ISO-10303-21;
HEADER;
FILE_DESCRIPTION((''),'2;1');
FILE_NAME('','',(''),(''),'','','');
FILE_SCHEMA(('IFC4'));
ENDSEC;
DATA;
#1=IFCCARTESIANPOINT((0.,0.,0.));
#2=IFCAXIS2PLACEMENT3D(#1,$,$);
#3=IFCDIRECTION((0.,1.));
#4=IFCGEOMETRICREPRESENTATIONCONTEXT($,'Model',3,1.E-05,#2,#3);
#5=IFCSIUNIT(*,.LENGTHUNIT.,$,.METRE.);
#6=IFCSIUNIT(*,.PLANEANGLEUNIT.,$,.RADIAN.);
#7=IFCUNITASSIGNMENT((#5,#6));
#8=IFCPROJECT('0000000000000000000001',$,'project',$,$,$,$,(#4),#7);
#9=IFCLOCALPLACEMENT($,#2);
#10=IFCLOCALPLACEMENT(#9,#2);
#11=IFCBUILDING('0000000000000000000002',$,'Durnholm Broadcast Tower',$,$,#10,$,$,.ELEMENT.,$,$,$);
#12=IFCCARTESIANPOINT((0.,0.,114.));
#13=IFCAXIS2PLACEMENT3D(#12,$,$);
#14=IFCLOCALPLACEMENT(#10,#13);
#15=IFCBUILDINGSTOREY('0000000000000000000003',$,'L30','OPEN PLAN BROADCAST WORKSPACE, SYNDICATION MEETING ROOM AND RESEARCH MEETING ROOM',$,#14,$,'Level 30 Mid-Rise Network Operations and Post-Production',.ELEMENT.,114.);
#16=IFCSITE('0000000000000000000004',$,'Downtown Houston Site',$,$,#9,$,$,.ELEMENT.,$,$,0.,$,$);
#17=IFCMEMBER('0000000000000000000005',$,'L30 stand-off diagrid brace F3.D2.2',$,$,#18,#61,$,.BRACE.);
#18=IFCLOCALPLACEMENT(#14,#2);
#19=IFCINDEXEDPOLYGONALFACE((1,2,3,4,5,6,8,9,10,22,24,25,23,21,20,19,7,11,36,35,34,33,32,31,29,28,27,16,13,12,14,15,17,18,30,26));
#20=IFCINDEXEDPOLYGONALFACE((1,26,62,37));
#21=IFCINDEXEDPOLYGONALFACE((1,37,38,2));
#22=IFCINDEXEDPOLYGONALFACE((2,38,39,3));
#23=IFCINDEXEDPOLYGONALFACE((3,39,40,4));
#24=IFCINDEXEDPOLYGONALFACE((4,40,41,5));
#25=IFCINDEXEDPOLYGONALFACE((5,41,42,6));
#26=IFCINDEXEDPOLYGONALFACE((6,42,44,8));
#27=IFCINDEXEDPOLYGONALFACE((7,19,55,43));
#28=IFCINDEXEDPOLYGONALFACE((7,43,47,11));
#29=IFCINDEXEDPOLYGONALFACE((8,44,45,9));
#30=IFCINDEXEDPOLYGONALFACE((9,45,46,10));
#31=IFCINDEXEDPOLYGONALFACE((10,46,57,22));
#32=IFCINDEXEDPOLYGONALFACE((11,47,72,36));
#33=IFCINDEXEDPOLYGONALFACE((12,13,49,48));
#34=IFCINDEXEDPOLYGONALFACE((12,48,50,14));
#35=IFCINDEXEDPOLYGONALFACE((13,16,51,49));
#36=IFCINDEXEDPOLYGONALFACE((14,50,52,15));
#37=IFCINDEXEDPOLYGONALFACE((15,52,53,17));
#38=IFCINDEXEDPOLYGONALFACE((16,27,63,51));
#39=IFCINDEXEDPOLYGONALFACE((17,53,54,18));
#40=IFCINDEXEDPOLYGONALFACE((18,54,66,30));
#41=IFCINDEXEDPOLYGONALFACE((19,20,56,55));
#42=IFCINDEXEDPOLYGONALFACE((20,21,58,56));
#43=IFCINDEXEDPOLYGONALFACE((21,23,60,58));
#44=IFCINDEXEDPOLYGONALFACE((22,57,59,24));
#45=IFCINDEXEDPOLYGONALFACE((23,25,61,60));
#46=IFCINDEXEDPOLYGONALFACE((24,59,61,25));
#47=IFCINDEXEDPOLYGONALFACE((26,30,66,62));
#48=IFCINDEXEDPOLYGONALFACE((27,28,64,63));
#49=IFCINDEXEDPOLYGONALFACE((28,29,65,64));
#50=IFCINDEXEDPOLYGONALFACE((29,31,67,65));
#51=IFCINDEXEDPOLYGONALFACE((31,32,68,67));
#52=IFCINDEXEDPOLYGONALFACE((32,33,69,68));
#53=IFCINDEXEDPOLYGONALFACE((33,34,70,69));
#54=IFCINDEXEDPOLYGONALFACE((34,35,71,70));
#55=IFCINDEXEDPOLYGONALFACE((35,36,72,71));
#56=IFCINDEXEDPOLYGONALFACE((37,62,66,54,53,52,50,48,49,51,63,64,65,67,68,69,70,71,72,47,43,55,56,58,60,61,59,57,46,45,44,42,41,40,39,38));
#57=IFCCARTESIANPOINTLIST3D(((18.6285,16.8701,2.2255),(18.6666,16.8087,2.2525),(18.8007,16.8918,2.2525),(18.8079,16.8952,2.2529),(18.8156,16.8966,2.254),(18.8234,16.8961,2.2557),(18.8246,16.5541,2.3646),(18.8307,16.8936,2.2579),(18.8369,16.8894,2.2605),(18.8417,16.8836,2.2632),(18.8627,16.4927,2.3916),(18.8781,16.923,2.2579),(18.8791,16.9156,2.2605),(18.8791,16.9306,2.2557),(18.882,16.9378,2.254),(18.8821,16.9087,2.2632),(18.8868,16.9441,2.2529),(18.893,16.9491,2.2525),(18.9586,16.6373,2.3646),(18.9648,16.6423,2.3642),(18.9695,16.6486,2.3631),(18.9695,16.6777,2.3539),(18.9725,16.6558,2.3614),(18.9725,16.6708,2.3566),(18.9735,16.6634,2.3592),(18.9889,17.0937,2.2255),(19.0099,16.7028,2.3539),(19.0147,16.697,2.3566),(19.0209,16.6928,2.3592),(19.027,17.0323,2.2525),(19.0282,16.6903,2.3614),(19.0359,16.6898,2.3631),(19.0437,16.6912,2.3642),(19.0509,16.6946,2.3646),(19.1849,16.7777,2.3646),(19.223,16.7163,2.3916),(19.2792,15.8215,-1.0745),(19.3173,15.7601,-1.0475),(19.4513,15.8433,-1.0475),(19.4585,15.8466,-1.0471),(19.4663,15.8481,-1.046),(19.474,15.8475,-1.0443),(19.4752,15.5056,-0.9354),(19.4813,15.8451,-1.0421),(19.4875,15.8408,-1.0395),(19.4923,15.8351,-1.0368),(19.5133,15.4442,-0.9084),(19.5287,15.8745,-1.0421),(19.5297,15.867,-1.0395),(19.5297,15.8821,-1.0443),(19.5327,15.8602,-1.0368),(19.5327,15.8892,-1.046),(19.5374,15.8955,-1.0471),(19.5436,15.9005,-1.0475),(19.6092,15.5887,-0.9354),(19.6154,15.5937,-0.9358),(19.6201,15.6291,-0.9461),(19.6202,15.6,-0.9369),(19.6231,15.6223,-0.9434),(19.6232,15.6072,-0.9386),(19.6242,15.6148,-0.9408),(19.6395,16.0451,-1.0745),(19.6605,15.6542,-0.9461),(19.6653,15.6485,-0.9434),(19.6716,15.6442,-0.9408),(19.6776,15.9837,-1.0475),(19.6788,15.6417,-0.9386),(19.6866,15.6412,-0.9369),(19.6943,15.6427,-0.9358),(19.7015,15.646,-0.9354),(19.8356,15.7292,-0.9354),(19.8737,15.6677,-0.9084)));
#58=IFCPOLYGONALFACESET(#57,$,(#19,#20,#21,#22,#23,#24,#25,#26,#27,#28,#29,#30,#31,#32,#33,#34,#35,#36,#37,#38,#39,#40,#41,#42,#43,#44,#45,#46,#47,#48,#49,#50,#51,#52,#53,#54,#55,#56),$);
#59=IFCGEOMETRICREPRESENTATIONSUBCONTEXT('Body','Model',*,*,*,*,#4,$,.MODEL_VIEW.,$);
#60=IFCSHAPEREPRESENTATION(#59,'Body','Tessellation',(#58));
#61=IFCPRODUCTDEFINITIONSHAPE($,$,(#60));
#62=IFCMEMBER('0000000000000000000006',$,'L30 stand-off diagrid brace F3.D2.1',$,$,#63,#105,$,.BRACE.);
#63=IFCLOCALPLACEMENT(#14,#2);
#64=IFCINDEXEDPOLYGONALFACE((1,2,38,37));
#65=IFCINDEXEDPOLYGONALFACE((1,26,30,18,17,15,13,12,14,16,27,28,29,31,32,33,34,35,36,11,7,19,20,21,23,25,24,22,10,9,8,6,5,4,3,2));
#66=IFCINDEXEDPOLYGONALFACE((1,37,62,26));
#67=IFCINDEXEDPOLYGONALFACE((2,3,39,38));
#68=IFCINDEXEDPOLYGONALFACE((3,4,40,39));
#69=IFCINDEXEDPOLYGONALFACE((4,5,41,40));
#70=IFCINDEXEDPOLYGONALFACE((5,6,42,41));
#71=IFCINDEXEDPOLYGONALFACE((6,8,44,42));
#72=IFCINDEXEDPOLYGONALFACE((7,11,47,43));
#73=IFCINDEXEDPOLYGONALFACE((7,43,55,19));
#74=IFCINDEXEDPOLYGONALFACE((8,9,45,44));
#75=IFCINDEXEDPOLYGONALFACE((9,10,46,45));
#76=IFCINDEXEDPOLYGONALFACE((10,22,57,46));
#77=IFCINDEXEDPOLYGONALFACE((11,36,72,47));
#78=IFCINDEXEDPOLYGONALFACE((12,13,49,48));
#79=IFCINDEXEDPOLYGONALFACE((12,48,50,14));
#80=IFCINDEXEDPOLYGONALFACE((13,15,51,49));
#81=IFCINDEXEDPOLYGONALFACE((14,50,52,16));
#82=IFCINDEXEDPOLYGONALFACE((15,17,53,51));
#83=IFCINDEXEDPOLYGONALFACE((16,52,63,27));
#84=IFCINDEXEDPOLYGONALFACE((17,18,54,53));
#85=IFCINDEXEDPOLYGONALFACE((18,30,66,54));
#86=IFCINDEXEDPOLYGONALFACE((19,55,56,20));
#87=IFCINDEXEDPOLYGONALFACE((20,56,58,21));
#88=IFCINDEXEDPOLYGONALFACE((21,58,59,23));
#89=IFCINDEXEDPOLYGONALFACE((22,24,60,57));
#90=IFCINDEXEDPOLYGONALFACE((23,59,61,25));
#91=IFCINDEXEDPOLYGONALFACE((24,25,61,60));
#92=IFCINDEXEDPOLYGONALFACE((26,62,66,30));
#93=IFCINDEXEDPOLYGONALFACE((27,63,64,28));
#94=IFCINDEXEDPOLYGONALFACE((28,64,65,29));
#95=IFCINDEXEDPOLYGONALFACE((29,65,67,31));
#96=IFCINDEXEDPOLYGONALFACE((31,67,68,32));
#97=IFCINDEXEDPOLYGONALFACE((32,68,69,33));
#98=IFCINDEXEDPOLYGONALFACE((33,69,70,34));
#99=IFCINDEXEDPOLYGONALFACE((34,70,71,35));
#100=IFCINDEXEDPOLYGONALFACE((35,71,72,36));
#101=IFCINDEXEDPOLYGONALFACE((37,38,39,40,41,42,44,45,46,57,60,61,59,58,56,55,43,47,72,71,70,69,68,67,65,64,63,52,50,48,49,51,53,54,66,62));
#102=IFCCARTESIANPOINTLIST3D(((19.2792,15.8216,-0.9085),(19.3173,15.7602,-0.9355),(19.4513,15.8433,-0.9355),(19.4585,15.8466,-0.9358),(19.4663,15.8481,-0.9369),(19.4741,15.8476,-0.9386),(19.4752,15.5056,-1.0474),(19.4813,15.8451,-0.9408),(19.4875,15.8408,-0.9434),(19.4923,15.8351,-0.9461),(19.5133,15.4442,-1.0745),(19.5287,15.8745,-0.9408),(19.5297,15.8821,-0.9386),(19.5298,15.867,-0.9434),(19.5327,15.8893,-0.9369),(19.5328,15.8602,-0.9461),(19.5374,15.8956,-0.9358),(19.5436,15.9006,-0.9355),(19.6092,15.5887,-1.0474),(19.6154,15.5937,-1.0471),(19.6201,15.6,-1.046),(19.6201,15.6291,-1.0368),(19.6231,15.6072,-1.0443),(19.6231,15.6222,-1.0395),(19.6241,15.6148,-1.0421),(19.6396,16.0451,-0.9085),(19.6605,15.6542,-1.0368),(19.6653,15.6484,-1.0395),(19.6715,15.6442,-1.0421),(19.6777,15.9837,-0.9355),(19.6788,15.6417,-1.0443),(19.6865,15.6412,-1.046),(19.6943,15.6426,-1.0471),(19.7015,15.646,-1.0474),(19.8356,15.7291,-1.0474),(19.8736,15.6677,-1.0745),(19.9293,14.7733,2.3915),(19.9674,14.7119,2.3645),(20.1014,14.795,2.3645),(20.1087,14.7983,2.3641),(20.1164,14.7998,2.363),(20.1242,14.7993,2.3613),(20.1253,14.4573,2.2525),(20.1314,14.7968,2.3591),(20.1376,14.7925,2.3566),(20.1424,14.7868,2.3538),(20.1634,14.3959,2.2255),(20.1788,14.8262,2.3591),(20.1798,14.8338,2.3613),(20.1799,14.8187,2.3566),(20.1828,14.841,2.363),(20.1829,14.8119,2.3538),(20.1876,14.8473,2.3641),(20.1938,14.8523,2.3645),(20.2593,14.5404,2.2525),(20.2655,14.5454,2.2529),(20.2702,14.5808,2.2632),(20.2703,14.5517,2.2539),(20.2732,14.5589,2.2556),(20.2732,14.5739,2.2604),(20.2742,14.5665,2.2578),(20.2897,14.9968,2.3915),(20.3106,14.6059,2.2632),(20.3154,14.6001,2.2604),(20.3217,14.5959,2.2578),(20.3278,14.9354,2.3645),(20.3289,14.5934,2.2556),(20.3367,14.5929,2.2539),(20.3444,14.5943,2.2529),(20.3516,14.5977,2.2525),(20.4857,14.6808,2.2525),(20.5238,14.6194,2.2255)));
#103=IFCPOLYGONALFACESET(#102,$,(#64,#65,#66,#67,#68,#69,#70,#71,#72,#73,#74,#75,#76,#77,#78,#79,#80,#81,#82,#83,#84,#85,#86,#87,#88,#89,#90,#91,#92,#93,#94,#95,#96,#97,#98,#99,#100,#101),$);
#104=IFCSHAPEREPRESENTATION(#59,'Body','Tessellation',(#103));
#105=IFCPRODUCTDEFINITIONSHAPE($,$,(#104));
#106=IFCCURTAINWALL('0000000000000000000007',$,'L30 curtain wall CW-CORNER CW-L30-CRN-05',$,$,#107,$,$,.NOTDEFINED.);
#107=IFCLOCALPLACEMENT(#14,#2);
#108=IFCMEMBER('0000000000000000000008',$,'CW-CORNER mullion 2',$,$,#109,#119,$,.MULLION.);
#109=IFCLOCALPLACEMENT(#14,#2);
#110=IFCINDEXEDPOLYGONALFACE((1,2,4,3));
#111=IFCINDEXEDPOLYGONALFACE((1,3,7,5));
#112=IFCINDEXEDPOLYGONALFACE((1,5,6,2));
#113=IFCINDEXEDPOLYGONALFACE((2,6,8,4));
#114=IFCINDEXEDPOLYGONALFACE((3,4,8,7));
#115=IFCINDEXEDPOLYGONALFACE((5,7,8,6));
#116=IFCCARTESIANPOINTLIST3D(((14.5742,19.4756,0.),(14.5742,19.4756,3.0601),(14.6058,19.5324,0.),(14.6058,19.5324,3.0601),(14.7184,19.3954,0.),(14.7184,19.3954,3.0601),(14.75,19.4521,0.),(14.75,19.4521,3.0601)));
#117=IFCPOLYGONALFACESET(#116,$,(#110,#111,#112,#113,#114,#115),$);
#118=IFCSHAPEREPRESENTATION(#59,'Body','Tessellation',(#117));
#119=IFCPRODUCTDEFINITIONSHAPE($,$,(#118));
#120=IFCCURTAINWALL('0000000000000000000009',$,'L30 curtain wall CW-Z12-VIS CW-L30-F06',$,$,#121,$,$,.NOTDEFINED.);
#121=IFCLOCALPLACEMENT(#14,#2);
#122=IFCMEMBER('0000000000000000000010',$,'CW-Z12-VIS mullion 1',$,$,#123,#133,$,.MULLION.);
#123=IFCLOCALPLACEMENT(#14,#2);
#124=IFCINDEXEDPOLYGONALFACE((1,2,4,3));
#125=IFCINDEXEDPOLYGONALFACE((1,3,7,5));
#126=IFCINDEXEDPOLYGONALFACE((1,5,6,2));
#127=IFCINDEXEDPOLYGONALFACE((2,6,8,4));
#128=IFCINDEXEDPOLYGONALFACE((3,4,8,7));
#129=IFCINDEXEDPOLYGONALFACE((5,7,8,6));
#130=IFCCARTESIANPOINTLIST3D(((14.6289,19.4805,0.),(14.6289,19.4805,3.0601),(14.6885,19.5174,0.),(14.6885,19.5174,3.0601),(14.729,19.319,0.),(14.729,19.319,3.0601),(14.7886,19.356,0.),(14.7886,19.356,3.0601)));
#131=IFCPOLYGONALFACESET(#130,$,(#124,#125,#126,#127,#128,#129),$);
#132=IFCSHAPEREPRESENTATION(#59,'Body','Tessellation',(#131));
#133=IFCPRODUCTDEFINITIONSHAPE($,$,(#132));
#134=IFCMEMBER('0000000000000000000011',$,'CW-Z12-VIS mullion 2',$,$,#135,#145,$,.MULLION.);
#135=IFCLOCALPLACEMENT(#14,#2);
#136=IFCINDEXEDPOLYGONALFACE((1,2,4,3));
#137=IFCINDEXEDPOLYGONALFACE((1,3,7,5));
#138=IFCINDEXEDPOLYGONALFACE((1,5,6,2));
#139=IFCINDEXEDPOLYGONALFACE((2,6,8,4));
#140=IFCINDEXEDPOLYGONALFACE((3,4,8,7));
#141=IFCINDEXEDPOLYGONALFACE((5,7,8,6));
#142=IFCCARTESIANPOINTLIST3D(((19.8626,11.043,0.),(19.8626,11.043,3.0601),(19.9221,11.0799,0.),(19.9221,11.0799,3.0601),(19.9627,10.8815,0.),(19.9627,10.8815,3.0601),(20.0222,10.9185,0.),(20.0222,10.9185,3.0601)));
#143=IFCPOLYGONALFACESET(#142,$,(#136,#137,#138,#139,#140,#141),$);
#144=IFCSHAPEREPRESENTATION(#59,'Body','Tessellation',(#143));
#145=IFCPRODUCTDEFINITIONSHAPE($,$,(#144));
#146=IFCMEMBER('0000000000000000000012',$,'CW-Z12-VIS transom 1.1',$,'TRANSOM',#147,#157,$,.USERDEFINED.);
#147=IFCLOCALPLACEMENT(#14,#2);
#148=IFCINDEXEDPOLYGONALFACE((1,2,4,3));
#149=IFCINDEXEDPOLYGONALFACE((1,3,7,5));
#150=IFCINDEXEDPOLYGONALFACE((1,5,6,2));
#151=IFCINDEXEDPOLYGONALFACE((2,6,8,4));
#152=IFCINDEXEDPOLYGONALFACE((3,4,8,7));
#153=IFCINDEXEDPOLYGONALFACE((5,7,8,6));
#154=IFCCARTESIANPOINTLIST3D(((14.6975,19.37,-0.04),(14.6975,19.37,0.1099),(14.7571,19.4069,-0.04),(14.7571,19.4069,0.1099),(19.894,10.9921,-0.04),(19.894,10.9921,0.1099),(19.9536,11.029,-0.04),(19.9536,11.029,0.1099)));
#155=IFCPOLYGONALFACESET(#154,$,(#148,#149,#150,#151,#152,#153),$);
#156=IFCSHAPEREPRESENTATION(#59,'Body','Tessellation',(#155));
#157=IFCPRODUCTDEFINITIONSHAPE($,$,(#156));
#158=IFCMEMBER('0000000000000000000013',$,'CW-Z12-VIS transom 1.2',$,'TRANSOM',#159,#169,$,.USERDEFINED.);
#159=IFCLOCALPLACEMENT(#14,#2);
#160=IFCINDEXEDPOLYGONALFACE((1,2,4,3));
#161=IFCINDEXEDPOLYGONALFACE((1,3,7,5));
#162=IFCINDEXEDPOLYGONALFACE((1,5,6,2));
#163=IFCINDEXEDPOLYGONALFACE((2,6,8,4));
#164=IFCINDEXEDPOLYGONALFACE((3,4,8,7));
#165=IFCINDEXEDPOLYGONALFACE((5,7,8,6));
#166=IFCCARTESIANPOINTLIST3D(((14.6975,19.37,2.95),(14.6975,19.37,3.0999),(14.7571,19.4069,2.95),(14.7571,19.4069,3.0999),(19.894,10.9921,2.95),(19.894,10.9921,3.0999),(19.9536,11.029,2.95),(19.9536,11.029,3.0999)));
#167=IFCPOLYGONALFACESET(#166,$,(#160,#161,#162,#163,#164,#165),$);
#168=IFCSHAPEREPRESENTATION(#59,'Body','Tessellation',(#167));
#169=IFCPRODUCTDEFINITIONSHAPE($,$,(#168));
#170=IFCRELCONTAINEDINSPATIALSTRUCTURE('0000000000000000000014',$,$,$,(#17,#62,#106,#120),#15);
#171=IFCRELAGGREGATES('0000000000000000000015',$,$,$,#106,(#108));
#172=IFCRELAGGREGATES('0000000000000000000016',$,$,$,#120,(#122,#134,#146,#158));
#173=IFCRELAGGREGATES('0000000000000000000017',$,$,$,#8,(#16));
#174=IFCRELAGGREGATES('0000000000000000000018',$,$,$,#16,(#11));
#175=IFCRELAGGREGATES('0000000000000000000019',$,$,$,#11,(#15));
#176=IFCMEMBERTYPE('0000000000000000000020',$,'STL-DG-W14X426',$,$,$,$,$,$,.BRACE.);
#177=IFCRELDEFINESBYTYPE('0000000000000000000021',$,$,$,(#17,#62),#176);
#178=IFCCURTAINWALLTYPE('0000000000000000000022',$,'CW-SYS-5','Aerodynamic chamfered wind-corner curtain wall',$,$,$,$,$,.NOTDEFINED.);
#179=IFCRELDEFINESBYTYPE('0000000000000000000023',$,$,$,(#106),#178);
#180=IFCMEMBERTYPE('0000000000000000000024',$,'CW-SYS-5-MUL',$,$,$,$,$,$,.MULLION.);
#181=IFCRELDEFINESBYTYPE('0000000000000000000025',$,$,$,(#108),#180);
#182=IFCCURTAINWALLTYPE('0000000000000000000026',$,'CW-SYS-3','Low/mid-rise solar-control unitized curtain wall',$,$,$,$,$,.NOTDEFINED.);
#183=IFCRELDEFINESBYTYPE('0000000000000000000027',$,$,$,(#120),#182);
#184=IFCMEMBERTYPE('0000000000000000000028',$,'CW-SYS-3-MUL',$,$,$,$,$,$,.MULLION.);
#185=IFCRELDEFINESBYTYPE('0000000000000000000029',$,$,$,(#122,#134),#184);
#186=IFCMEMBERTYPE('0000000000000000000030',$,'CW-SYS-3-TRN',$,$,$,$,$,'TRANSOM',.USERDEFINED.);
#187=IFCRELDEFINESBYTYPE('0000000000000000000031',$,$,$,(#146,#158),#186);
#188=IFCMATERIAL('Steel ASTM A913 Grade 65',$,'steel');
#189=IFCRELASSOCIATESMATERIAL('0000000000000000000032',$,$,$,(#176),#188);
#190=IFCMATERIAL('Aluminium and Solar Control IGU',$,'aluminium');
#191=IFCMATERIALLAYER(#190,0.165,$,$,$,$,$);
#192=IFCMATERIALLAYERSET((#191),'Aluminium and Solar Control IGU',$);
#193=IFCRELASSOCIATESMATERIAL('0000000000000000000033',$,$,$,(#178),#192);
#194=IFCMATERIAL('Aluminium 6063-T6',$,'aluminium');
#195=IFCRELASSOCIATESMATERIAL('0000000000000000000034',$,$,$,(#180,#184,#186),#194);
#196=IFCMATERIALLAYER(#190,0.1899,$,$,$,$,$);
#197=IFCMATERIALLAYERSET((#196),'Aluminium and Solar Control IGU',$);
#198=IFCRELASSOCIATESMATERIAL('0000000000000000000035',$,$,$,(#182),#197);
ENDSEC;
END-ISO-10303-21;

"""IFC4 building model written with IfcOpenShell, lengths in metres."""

from ifc_helpers import new_model, si_unit, direction, frame, origin, origin_2d, place, context, subcontext, project, spatial, rectangle, i_section, extrude, source, transform, mapped, material, layer, layer_set, material_profile, profile_set, type_object, type_shapes, element, aggregate, save


model = new_model("IFC4")

# Units and contexts
model_context = context("Model", 3, precision=1e-05, world=origin(), true_north=direction((0.0, 1.0)))
body_context = subcontext(model_context, "Body", "Model", "MODEL_VIEW")
ifc_project = project(units=[si_unit("LENGTHUNIT", "METRE"), si_unit("PLANEANGLEUNIT", "RADIAN")], contexts=[model_context])

# Site, building, storey
site_placement = place(None, origin())
site = spatial("IfcSite", under=ifc_project, at=site_placement, Name="Downtown Houston Site", CompositionType="ELEMENT", RefElevation=0.0)
building_placement = place(site_placement, origin())
building = spatial("IfcBuilding", under=site, at=building_placement, Name="Durnholm Broadcast Tower", CompositionType="ELEMENT")
storey_placement = place(building_placement, frame((0.0, 0.0, 114.0)))
storey = spatial("IfcBuildingStorey", under=building, at=storey_placement, Name="L30", Description="OPEN PLAN BROADCAST WORKSPACE, SYNDICATION MEETING ROOM AND RESEARCH MEETING ROOM", LongName="Level 30 Mid-Rise Network Operations and Post-Production", CompositionType="ELEMENT", Elevation=114.0)

# Members
ifc_material_1 = material(Name="Steel ASTM A913 Grade 65", Category="steel")
ifc_material_profile_1 = material_profile(ifc_material_1, i_section(OverallWidth=0.4241, OverallDepth=0.4741, WebThickness=0.0476, FlangeThickness=0.0771, FilletRadius=0.0305, at=origin_2d()), Name="W14X426")
ifc_profile_set_1 = profile_set([ifc_material_profile_1], Name="Steel ASTM A913 Grade 65")
member_type_1 = type_object("IfcMemberType", Name="STL-DG-W14X426", PredefinedType="BRACE", material=ifc_profile_set_1)
shared_shape_1 = source(origin(), body_context, "Body", "SweptSolid", [
    extrude(i_section(OverallWidth=0.4241, OverallDepth=0.4741, WebThickness=0.0476, FlangeThickness=0.0771, FilletRadius=0.0305, at=origin_2d()), origin(), (0.0, 0.0, 1.0), 3.5232),
])
for number, where, z_axis, x_axis, name in (
    (1, (19.5764, 15.7446, -0.9915), (-0.18467, 0.29762, 0.936653), (-0.849717, -0.52724, 0.0), "L30 stand-off diagrid brace F3.D2.2"),
):
    element("IfcMember", number, at=place(storey_placement, frame(where, z_axis=z_axis, x_axis=x_axis)), inside=storey, type_object=member_type_1, Name=name, PredefinedType="BRACE", context=body_context, shape_type="MappedRepresentation", body=[
        mapped(shared_shape_1, transform((0.0, 0.0, 0.0), x_axis=(1.0, 0.0, 0.0), y_axis=(0.0, 1.0, 0.0), z_axis=(0.0, 0.0, 1.0), scale=1.0)),
    ])
shared_shape_2 = source(origin(), body_context, "Body", "SweptSolid", [
    extrude(i_section(OverallWidth=0.4241, OverallDepth=0.4741, WebThickness=0.0476, FlangeThickness=0.0771, FilletRadius=0.0305, at=origin_2d()), origin(), (0.0, 0.0, 1.0), 3.5229),
])
type_shapes(member_type_1, [shared_shape_1, shared_shape_2])
member_1_placement = place(storey_placement, frame((19.5764, 15.7446, -0.9915), z_axis=(0.18454, -0.297564, 0.936697), x_axis=(0.849839, 0.527043, 0.0)))
element("IfcMember", 2, at=member_1_placement, inside=storey, type_object=member_type_1, Name="L30 stand-off diagrid brace F3.D2.1", PredefinedType="BRACE", context=body_context, shape_type="MappedRepresentation", body=[
    mapped(shared_shape_2, transform((0.0, 0.0, 0.0), x_axis=(1.0, 0.0, 0.0), y_axis=(0.0, 1.0, 0.0), z_axis=(0.0, 0.0, 1.0), scale=1.0)),
])

# Curtain wall, member
ifc_material_2 = material(Name="Aluminium and Solar Control IGU", Category="aluminium")
ifc_layer_1 = layer(ifc_material_2, 0.165)
ifc_layer_set_1 = layer_set([ifc_layer_1], Name="Aluminium and Solar Control IGU")
curtain_wall_type_1 = type_object("IfcCurtainWallType", Name="CW-SYS-5", Description="Aerodynamic chamfered wind-corner curtain wall", PredefinedType="NOTDEFINED", material=ifc_layer_set_1)
curtain_wall_1_placement = place(storey_placement, origin())
curtain_wall_1 = element("IfcCurtainWall", 3, at=curtain_wall_1_placement, inside=storey, type_object=curtain_wall_type_1, Name="L30 curtain wall CW-CORNER CW-L30-CRN-05", PredefinedType="NOTDEFINED")
ifc_material_3 = material(Name="Aluminium 6063-T6", Category="aluminium")
ifc_material_profile_2 = material_profile(ifc_material_3, rectangle(XDim=0.0649, YDim=0.165, at=origin_2d()), Name="CWM65X165")
ifc_profile_set_2 = profile_set([ifc_material_profile_2], Name="Aluminium 6063-T6")
member_type_2 = type_object("IfcMemberType", Name="CW-SYS-5-MUL", PredefinedType="MULLION", material=ifc_profile_set_2)
shared_shape_3 = source(origin(), body_context, "Body", "SweptSolid", [
    extrude(rectangle(XDim=0.0649, YDim=0.165, at=origin_2d()), origin(), (0.0, 0.0, 1.0), 3.0601),
])
type_shapes(member_type_2, [shared_shape_3])
member_2_placement = place(storey_placement, frame((14.6621, 19.4639, 0.0), z_axis=(0.0, 0.0, 1.0), x_axis=(0.486244, 0.873823, 0.0)))
member_2 = element("IfcMember", 4, at=member_2_placement, type_object=member_type_2, Name="CW-CORNER mullion 2", PredefinedType="MULLION", context=body_context, shape_type="MappedRepresentation", body=[
    mapped(shared_shape_3, transform((0.0, 0.0, 0.0), x_axis=(1.0, 0.0, 0.0), y_axis=(0.0, 1.0, 0.0), z_axis=(0.0, 0.0, 1.0), scale=1.0)),
])

# Curtain wall, members
ifc_layer_2 = layer(ifc_material_2, 0.1899)
ifc_layer_set_2 = layer_set([ifc_layer_2], Name="Aluminium and Solar Control IGU")
curtain_wall_type_2 = type_object("IfcCurtainWallType", Name="CW-SYS-3", Description="Low/mid-rise solar-control unitized curtain wall", PredefinedType="NOTDEFINED", material=ifc_layer_set_2)
curtain_wall_2_placement = place(storey_placement, origin())
curtain_wall_2 = element("IfcCurtainWall", 5, at=curtain_wall_2_placement, inside=storey, type_object=curtain_wall_type_2, Name="L30 curtain wall CW-Z12-VIS CW-L30-F06", PredefinedType="NOTDEFINED")
ifc_material_profile_3 = material_profile(ifc_material_3, rectangle(XDim=0.0701, YDim=0.1899, at=origin_2d()), Name="CWM70X190")
ifc_profile_set_3 = profile_set([ifc_material_profile_3], Name="Aluminium 6063-T6")
member_type_3 = type_object("IfcMemberType", Name="CW-SYS-3-MUL", PredefinedType="MULLION", material=ifc_profile_set_3)
shared_shape_4 = source(origin(), body_context, "Body", "SweptSolid", [
    extrude(rectangle(XDim=0.0701, YDim=0.1899, at=origin_2d()), origin(), (0.0, 0.0, 1.0), 3.0601),
])
type_shapes(member_type_3, [shared_shape_4])
member_3_placement = place(storey_placement, frame((14.7087, 19.4182, 0.0), z_axis=(0.0, 0.0, 1.0), x_axis=(0.8498, 0.527105, 0.0)))
member_3 = element("IfcMember", 6, at=member_3_placement, type_object=member_type_3, Name="CW-Z12-VIS mullion 1", PredefinedType="MULLION", context=body_context, shape_type="MappedRepresentation", body=[
    mapped(shared_shape_4, transform((0.0, 0.0, 0.0), x_axis=(1.0, 0.0, 0.0), y_axis=(0.0, 1.0, 0.0), z_axis=(0.0, 0.0, 1.0), scale=1.0)),
])
member_4_placement = place(storey_placement, frame((19.9424, 10.9807, 0.0), z_axis=(0.0, 0.0, 1.0), x_axis=(0.8498, 0.527105, 0.0)))
member_4 = element("IfcMember", 7, at=member_4_placement, type_object=member_type_3, Name="CW-Z12-VIS mullion 2", PredefinedType="MULLION", context=body_context, shape_type="MappedRepresentation", body=[
    mapped(shared_shape_4, transform((0.0, 0.0, 0.0), x_axis=(1.0, 0.0, 0.0), y_axis=(0.0, 1.0, 0.0), z_axis=(0.0, 0.0, 1.0), scale=1.0)),
])
ifc_material_profile_4 = material_profile(ifc_material_3, rectangle(XDim=0.0701, YDim=0.1499, at=origin_2d()), Name="CWT70X150")
ifc_profile_set_4 = profile_set([ifc_material_profile_4], Name="Aluminium 6063-T6")
member_type_4 = type_object("IfcMemberType", Name="CW-SYS-3-TRN", ElementType="TRANSOM", PredefinedType="USERDEFINED", material=ifc_profile_set_4)
shared_shape_5 = source(origin(), body_context, "Body", "SweptSolid", [
    extrude(rectangle(XDim=0.0701, YDim=0.1499, at=origin_2d()), origin(), (0.0, 0.0, 1.0), 9.8586),
])
member_5_placement = place(storey_placement, frame((14.7273, 19.3884, 0.0349), z_axis=(0.527102, -0.849802, 0.0), x_axis=(0.849802, 0.527102, 0.0)))
member_5 = element("IfcMember", 8, at=member_5_placement, type_object=member_type_4, Name="CW-Z12-VIS transom 1.1", ObjectType="TRANSOM", PredefinedType="USERDEFINED", context=body_context, shape_type="MappedRepresentation", body=[
    mapped(shared_shape_5, transform((0.0, 0.0, 0.0), x_axis=(1.0, 0.0, 0.0), y_axis=(0.0, 1.0, 0.0), z_axis=(0.0, 0.0, 1.0), scale=1.0)),
])
member_6_placement = place(storey_placement, frame((14.7273, 19.3884, 3.0249), z_axis=(0.527102, -0.849802, 0.0), x_axis=(0.849802, 0.527102, 0.0)))
member_6 = element("IfcMember", 9, at=member_6_placement, type_object=member_type_4, Name="CW-Z12-VIS transom 1.2", ObjectType="TRANSOM", PredefinedType="USERDEFINED", context=body_context, shape_type="MappedRepresentation", body=[
    mapped(shared_shape_5, transform((0.0, 0.0, 0.0), x_axis=(1.0, 0.0, 0.0), y_axis=(0.0, 1.0, 0.0), z_axis=(0.0, 0.0, 1.0), scale=1.0)),
])

aggregate(curtain_wall_1, [member_2])
aggregate(curtain_wall_2, [member_3, member_4, member_5, member_6])

save(model, "model.ifc")
